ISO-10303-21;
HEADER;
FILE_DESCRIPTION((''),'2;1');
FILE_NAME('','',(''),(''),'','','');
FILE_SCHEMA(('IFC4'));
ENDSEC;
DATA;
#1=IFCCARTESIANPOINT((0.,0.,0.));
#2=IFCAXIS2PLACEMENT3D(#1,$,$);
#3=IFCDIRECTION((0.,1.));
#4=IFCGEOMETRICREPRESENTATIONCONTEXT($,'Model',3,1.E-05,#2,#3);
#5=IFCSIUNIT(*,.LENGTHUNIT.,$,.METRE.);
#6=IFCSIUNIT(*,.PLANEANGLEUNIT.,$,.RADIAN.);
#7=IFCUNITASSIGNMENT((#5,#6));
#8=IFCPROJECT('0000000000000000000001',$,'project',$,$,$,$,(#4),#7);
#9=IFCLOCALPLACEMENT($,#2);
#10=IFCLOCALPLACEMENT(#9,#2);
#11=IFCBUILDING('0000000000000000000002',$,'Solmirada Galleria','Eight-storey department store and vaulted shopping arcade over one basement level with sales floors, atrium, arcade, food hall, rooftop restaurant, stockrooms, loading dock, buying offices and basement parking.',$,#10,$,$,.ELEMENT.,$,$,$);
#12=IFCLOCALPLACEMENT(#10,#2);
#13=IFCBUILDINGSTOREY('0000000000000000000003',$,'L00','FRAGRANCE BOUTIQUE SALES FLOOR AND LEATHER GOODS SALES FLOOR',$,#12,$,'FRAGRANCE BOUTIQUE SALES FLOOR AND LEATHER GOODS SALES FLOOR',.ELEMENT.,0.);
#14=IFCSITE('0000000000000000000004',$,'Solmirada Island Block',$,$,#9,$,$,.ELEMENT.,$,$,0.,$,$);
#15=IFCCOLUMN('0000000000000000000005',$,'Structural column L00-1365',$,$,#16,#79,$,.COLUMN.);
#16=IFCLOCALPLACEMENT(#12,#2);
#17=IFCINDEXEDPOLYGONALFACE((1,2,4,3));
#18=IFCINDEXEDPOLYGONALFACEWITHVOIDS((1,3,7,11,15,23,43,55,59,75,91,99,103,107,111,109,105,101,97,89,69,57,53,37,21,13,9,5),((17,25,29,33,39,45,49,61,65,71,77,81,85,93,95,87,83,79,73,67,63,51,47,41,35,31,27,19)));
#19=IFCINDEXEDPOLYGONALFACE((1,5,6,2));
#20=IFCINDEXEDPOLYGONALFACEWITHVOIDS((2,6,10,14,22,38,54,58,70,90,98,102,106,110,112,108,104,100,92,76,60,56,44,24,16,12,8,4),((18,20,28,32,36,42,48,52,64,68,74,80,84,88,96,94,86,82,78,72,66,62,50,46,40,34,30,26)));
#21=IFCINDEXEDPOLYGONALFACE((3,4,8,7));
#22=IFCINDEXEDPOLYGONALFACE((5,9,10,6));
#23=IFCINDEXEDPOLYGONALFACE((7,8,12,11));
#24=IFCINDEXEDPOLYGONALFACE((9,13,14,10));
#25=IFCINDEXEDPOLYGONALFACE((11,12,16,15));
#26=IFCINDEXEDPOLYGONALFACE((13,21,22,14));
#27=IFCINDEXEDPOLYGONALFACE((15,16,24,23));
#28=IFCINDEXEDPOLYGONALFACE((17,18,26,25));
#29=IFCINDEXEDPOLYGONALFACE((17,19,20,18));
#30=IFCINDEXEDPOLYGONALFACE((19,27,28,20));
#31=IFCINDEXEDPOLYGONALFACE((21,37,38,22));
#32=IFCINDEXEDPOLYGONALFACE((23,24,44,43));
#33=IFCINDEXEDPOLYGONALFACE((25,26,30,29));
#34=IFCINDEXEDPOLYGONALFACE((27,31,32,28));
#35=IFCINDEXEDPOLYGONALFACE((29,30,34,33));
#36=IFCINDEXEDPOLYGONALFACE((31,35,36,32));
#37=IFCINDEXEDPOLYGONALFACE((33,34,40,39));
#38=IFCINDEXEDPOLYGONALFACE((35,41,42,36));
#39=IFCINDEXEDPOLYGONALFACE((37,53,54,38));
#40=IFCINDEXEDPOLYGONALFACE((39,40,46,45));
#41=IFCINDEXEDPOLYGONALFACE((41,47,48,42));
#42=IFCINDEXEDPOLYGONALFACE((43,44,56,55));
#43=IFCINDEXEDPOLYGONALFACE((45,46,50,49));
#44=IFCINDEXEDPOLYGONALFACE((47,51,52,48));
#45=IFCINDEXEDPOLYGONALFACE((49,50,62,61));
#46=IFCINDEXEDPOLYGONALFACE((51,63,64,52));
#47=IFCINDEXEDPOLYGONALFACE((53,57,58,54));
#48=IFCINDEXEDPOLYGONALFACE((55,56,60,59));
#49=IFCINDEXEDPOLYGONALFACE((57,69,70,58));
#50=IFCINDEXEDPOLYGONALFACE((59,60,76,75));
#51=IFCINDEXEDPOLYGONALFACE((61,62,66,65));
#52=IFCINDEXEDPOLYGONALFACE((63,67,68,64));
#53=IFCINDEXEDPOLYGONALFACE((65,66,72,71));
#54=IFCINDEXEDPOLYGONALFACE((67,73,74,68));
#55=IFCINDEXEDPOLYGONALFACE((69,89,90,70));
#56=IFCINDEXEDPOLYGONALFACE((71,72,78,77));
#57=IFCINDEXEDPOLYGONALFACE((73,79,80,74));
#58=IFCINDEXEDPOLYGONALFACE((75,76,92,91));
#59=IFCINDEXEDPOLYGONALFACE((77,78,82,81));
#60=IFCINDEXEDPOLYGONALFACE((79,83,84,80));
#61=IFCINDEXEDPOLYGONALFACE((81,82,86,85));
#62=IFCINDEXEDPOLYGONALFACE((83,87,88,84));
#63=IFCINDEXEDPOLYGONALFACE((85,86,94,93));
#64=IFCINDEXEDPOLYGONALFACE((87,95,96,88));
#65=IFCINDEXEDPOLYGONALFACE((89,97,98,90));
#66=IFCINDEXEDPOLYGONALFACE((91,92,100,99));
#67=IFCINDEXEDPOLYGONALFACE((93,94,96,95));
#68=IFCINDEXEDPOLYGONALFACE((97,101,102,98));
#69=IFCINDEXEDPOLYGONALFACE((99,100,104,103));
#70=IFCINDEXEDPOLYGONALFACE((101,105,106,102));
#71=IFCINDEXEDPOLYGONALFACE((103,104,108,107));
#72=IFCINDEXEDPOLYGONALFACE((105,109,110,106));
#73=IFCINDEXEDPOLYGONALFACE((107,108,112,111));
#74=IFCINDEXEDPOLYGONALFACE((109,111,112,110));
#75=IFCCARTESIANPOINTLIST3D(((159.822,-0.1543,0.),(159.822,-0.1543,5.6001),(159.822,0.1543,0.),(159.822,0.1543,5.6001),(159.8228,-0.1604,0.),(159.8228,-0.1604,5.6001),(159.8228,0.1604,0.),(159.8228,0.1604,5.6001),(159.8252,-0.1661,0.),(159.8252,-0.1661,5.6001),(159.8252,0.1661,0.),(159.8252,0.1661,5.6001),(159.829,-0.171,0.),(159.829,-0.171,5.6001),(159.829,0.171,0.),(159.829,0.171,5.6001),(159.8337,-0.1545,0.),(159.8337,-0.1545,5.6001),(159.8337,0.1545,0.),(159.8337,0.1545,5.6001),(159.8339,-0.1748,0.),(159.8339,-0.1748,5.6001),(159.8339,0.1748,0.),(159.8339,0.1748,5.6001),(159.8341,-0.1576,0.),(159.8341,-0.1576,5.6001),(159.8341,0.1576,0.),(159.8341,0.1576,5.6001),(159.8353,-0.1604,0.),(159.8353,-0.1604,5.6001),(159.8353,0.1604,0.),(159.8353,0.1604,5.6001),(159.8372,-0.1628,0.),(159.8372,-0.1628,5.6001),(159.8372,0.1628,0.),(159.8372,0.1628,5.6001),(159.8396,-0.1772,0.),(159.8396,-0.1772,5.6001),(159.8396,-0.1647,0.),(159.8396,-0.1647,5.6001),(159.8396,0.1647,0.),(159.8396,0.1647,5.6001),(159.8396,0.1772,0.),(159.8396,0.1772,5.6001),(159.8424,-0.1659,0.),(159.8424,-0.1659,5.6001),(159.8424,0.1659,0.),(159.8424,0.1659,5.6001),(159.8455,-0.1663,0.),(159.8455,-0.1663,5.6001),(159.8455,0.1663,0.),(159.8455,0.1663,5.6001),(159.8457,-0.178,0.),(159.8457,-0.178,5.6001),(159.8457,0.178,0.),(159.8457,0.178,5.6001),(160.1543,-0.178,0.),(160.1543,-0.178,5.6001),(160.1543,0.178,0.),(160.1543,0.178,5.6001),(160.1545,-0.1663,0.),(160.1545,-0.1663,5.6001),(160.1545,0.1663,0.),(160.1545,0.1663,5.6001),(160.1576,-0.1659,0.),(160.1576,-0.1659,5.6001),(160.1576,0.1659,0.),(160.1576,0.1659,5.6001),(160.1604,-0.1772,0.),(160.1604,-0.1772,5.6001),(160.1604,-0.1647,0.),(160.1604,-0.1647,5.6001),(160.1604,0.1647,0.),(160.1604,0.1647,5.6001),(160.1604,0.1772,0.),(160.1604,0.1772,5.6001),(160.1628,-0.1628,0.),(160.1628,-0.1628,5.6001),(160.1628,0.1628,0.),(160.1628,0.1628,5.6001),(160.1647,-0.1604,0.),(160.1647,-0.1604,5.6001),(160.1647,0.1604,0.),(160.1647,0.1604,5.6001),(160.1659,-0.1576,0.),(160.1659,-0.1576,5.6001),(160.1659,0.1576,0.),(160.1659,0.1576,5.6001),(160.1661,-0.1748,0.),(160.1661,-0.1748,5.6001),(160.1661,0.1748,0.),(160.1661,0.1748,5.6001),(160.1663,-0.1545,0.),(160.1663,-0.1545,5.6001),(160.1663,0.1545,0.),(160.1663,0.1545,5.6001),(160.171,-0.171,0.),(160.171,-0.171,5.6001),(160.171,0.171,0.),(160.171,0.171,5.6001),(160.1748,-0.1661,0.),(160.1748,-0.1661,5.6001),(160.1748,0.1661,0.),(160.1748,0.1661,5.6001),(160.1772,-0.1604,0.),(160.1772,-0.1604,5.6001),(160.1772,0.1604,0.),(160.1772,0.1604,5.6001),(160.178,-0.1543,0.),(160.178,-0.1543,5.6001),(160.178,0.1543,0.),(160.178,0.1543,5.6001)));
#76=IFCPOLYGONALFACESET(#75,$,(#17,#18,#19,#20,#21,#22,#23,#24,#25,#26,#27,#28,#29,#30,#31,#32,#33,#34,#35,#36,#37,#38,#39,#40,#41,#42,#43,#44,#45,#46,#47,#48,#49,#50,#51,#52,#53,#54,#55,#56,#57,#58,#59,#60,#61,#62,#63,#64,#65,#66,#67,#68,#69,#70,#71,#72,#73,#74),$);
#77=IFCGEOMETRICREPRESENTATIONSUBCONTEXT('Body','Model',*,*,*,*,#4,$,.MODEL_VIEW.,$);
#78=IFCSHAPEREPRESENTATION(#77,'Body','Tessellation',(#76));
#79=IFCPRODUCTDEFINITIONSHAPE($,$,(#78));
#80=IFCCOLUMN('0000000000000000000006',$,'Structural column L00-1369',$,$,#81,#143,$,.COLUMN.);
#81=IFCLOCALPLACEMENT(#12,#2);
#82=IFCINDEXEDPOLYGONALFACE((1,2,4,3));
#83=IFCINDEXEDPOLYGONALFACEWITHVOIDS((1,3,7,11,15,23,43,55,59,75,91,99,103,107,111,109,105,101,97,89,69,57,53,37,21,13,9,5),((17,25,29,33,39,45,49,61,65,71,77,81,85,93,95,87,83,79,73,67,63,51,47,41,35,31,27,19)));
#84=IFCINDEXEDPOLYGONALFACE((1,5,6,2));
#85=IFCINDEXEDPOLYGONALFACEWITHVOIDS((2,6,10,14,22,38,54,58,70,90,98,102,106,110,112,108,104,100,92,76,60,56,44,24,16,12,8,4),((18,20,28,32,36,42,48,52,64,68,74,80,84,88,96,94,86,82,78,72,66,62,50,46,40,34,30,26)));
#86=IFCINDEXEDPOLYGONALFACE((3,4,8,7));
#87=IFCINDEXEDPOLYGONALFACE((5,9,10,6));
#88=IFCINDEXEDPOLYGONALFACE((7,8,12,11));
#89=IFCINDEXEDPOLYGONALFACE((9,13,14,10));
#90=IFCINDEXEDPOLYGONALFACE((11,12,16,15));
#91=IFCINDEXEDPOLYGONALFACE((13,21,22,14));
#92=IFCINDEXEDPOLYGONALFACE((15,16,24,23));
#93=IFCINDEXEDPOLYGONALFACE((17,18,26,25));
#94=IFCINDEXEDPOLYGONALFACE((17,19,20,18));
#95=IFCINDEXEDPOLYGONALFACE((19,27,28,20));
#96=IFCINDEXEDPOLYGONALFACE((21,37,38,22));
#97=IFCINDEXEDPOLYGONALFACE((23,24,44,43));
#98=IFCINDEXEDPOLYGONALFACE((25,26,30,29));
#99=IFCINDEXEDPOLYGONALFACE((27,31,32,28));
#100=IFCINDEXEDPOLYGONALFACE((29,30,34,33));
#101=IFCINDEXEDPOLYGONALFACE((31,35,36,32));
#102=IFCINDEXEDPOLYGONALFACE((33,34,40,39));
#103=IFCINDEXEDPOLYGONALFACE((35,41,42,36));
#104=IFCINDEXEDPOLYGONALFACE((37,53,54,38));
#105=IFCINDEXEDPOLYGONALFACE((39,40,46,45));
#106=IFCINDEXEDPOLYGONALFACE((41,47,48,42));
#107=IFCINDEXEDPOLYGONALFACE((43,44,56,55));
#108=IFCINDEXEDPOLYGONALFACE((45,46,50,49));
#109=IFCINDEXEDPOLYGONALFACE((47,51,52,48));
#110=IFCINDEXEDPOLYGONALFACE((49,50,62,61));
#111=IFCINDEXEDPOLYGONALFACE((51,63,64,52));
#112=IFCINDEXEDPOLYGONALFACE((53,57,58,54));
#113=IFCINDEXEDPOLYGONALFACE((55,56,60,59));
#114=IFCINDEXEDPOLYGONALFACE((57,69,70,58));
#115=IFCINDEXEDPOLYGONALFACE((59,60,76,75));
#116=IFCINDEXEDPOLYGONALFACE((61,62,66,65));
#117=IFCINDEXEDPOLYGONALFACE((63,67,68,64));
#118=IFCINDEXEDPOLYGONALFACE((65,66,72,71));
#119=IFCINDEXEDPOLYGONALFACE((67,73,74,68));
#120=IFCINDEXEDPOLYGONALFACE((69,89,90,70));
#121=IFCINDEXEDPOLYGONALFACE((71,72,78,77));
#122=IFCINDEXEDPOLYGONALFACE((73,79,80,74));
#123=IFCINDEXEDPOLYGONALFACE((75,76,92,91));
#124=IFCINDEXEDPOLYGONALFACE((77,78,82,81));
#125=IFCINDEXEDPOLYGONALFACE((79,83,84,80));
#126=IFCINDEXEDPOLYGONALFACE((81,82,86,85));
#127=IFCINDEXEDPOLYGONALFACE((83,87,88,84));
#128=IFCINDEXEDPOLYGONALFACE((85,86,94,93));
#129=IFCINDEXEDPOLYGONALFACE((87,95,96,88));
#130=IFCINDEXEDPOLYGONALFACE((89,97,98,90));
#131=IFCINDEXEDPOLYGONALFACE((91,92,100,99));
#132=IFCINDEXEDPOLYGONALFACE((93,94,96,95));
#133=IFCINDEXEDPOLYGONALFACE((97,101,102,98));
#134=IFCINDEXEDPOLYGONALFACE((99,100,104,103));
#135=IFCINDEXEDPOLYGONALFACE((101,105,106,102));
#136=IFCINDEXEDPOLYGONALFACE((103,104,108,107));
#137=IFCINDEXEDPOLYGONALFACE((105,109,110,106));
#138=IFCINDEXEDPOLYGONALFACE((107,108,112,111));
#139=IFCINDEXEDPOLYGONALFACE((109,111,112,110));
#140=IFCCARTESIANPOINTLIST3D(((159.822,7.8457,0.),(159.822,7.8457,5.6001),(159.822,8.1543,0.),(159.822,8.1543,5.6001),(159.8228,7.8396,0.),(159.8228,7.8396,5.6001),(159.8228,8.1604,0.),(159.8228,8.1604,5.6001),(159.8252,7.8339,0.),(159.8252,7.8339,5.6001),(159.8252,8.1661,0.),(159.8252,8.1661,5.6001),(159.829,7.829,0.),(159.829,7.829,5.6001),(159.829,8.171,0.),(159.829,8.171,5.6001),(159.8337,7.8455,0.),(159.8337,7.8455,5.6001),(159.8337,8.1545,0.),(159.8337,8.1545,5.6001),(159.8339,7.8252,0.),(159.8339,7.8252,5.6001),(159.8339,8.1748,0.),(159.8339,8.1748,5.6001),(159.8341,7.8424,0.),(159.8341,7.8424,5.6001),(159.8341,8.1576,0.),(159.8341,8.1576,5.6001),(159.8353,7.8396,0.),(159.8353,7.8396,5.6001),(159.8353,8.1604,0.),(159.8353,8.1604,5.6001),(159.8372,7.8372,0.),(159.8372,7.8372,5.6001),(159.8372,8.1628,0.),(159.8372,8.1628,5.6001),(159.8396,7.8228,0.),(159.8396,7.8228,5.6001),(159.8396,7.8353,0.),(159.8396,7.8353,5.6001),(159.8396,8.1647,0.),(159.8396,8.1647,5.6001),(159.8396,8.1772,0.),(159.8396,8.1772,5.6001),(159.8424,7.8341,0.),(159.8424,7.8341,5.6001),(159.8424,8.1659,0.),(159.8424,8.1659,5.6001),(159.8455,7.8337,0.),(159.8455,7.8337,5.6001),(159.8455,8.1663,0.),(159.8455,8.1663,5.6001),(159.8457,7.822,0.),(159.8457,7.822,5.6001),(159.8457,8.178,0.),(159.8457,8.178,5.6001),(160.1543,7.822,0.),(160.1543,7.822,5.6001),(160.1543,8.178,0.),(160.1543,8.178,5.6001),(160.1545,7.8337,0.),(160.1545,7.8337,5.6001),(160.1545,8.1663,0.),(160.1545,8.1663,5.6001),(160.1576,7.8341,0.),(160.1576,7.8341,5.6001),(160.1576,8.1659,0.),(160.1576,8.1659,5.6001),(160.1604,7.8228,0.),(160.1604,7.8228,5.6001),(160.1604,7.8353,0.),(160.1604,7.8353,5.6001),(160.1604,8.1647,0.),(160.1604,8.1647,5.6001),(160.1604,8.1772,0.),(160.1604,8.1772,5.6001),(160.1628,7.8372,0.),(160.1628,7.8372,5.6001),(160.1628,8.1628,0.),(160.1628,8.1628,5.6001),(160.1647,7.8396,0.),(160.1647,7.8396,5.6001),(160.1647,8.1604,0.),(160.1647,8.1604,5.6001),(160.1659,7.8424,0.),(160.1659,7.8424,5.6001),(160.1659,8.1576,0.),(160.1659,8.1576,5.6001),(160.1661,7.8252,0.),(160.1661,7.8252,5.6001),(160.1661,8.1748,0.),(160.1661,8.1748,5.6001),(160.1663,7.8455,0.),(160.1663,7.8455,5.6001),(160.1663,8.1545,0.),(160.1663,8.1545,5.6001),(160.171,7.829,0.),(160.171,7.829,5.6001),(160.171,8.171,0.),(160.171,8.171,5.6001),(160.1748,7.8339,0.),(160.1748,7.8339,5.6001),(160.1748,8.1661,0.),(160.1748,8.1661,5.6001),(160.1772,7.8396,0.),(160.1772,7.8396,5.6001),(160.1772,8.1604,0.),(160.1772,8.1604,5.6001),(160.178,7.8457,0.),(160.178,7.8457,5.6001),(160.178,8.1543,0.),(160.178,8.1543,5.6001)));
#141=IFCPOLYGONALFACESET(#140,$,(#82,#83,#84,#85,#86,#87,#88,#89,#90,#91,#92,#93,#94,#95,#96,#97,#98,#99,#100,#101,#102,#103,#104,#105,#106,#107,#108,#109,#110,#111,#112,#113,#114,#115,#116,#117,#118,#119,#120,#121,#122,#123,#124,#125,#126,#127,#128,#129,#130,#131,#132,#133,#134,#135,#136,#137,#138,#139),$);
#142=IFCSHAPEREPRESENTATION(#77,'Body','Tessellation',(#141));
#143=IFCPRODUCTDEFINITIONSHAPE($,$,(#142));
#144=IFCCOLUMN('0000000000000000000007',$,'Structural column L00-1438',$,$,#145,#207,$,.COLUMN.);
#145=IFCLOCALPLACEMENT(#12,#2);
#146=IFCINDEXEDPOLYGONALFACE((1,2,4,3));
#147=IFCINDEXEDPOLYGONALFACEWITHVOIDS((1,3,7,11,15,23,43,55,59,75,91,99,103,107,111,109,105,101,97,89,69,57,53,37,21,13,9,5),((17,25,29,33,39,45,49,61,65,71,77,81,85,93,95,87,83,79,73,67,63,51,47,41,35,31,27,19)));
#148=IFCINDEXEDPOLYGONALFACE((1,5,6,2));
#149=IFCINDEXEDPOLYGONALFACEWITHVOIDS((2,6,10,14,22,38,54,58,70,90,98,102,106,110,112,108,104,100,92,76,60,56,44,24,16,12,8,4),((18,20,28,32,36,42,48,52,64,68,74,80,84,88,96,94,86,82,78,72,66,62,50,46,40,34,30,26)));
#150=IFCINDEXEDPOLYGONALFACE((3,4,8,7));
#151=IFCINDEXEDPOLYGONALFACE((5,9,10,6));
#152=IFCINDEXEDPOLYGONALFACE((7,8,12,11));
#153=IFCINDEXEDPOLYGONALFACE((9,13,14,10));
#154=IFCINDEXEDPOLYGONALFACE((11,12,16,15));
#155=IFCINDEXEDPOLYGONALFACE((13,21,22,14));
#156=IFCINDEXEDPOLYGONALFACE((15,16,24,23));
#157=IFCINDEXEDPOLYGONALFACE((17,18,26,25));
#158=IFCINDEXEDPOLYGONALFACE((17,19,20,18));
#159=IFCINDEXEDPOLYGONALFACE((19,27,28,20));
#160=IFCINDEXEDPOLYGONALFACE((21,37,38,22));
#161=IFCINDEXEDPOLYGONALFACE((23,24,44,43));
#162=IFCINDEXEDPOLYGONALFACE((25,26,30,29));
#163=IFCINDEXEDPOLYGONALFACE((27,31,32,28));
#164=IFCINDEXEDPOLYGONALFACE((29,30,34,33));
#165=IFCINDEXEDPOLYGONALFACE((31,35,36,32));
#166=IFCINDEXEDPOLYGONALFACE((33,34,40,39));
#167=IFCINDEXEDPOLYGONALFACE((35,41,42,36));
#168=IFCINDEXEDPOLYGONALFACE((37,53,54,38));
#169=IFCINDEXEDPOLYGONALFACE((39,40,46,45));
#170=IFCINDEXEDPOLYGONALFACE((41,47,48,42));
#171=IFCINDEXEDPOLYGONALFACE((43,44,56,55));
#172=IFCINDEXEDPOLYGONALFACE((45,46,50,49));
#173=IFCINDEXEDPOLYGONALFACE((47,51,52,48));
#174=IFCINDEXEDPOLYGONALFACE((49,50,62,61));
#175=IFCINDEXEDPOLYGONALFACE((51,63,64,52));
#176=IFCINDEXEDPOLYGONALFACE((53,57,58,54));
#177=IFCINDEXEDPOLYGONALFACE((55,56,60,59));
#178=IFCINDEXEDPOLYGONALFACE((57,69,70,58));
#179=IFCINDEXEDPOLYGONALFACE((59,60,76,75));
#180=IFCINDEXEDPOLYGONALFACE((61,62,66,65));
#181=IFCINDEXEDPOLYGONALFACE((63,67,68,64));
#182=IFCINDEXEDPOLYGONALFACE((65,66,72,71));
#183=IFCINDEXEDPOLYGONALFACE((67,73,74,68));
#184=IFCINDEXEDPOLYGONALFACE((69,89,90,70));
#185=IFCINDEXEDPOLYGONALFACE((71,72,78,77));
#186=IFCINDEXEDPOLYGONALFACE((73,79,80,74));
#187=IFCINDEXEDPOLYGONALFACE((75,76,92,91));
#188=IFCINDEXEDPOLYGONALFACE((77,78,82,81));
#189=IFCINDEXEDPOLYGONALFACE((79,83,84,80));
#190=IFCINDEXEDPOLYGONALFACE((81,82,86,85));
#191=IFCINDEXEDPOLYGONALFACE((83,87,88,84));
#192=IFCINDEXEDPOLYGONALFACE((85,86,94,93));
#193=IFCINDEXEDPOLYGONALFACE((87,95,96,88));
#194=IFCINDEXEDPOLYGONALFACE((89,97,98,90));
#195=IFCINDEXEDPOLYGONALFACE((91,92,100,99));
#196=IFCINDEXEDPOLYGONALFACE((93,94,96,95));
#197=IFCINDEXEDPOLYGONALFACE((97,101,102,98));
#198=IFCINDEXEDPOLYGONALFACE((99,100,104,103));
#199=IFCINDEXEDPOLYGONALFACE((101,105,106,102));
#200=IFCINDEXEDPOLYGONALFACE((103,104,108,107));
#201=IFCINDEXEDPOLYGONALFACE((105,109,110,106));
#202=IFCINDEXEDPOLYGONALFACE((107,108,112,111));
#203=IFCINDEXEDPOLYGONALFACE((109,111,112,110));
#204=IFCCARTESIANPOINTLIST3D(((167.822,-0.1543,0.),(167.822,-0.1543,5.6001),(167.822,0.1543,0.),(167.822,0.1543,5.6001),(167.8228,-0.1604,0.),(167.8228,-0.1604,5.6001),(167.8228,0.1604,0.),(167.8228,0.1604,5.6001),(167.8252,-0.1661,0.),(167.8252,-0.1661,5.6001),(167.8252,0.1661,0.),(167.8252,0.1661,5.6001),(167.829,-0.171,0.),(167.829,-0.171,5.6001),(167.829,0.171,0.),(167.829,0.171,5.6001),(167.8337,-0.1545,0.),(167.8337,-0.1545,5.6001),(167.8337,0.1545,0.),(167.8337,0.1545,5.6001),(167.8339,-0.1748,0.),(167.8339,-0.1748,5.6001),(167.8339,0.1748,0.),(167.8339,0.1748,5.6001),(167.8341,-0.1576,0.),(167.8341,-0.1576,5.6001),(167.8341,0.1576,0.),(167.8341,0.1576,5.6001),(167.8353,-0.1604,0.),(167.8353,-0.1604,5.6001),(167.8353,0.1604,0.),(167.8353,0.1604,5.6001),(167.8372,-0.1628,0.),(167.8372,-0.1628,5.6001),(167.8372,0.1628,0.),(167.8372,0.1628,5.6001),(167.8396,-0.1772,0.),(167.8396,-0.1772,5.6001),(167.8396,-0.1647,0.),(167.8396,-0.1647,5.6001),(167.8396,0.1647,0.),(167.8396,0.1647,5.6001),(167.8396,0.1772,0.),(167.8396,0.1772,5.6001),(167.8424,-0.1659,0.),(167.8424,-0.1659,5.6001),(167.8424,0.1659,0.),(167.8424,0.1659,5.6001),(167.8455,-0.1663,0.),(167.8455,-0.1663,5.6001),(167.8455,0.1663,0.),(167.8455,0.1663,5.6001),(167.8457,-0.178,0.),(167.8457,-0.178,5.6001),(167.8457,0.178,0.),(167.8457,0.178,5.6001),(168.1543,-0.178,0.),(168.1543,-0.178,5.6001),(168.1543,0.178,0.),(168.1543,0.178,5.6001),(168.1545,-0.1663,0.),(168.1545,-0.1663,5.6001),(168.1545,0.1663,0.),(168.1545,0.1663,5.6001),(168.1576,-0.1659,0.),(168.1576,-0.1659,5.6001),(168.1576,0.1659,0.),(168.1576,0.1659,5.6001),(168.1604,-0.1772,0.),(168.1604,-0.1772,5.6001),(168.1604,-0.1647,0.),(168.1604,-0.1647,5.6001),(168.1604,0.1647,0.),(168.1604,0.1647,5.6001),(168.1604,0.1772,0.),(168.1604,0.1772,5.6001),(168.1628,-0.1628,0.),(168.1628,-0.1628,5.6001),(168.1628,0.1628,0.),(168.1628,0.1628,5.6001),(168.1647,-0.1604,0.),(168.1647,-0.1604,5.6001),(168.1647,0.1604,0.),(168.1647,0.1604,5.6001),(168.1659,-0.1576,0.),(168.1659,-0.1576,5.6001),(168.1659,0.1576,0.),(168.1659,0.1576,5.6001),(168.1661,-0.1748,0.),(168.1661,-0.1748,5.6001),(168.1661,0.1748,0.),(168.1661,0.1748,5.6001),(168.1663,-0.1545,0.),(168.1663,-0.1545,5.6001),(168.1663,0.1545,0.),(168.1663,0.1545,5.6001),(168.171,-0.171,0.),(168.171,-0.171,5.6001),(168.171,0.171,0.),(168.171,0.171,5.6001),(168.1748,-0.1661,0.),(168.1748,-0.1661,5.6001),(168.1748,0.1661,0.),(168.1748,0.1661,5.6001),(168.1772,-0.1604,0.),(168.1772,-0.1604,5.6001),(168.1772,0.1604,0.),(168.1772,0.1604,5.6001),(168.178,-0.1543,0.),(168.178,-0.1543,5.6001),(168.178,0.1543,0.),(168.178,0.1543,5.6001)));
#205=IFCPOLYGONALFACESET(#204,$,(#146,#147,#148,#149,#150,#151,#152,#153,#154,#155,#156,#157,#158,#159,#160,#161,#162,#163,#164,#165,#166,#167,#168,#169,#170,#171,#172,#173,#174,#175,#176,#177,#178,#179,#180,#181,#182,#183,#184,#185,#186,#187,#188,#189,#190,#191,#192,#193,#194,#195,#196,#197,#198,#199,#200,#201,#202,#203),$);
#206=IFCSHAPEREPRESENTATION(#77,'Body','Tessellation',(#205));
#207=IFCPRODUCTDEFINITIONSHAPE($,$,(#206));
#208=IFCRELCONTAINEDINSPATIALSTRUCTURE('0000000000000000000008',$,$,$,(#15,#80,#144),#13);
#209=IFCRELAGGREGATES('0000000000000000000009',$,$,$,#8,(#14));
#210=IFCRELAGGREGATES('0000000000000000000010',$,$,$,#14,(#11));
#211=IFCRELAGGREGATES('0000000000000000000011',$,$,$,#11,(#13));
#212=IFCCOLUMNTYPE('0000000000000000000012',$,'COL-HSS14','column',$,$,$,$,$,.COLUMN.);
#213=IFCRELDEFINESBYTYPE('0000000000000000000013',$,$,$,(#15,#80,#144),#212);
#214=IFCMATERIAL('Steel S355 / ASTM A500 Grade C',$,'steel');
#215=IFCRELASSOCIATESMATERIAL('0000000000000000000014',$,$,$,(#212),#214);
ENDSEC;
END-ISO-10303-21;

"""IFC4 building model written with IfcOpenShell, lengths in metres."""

from ifc_helpers import new_model, si_unit, direction, frame, origin, origin_2d, place, context, subcontext, project, spatial, hollow_rectangle, extrude, material, material_profile, profile_set, type_object, element, save


model = new_model("IFC4")

# Units and contexts
model_context = context("Model", 3, precision=1e-05, world=origin(), true_north=direction((0.0, 1.0)))
body_context = subcontext(model_context, "Body", "Model", "MODEL_VIEW")
ifc_project = project(units=[si_unit("LENGTHUNIT", "METRE"), si_unit("PLANEANGLEUNIT", "RADIAN")], contexts=[model_context])

# Site, building, storey
site_placement = place(None, origin())
site = spatial("IfcSite", under=ifc_project, at=site_placement, Name="Solmirada Island Block", CompositionType="ELEMENT", RefElevation=0.0)
building_placement = place(site_placement, origin())
building = spatial("IfcBuilding", under=site, at=building_placement, Name="Solmirada Galleria", Description="Eight-storey department store and vaulted shopping arcade over one basement level with sales floors, atrium, arcade, food hall, rooftop restaurant, stockrooms, loading dock, buying offices and basement parking.", CompositionType="ELEMENT")
storey_placement = place(building_placement, origin())
storey = spatial("IfcBuildingStorey", under=building, at=storey_placement, Name="L00", Description="FRAGRANCE BOUTIQUE SALES FLOOR AND LEATHER GOODS SALES FLOOR", LongName="FRAGRANCE BOUTIQUE SALES FLOOR AND LEATHER GOODS SALES FLOOR", CompositionType="ELEMENT", Elevation=0.0)

# Columns
ifc_material_1 = material(Name="Steel S355 / ASTM A500 Grade C", Category="steel")
ifc_material_profile_1 = material_profile(ifc_material_1, hollow_rectangle(XDim=0.356, YDim=0.356, WallThickness=0.0117, InnerFilletRadius=0.0117, OuterFilletRadius=0.0237, at=origin_2d()), Name="HSS14X14X1/2")
ifc_profile_set_1 = profile_set([ifc_material_profile_1], Name="Steel S355 / ASTM A500 Grade C")
column_type = type_object("IfcColumnType", Name="COL-HSS14", Description="column", PredefinedType="COLUMN", material=ifc_profile_set_1)
for number, where, z_axis, x_axis, name in (
    (1, (160.0, 0.0, 0.0), (0.0, 0.0, 1.0), (1.0, 0.0, 0.0), "Structural column L00-1365"),
    (2, (160.0, 8.0, 0.0), (0.0, 0.0, 1.0), (1.0, 0.0, 0.0), "Structural column L00-1369"),
    (3, (168.0, 0.0, 0.0), (0.0, 0.0, 1.0), (1.0, 0.0, 0.0), "Structural column L00-1438"),
):
    element("IfcColumn", number, at=place(storey_placement, frame(where, z_axis=z_axis, x_axis=x_axis)), inside=storey, type_object=column_type, Name=name, PredefinedType="COLUMN", context=body_context, shape_type="SweptSolid", body=[
        extrude(hollow_rectangle(XDim=0.356, YDim=0.356, WallThickness=0.0117, InnerFilletRadius=0.0117, OuterFilletRadius=0.0237, at=origin_2d()), origin(), (0.0, 0.0, 1.0), 5.6001),
    ])

save(model, "model.ifc")
